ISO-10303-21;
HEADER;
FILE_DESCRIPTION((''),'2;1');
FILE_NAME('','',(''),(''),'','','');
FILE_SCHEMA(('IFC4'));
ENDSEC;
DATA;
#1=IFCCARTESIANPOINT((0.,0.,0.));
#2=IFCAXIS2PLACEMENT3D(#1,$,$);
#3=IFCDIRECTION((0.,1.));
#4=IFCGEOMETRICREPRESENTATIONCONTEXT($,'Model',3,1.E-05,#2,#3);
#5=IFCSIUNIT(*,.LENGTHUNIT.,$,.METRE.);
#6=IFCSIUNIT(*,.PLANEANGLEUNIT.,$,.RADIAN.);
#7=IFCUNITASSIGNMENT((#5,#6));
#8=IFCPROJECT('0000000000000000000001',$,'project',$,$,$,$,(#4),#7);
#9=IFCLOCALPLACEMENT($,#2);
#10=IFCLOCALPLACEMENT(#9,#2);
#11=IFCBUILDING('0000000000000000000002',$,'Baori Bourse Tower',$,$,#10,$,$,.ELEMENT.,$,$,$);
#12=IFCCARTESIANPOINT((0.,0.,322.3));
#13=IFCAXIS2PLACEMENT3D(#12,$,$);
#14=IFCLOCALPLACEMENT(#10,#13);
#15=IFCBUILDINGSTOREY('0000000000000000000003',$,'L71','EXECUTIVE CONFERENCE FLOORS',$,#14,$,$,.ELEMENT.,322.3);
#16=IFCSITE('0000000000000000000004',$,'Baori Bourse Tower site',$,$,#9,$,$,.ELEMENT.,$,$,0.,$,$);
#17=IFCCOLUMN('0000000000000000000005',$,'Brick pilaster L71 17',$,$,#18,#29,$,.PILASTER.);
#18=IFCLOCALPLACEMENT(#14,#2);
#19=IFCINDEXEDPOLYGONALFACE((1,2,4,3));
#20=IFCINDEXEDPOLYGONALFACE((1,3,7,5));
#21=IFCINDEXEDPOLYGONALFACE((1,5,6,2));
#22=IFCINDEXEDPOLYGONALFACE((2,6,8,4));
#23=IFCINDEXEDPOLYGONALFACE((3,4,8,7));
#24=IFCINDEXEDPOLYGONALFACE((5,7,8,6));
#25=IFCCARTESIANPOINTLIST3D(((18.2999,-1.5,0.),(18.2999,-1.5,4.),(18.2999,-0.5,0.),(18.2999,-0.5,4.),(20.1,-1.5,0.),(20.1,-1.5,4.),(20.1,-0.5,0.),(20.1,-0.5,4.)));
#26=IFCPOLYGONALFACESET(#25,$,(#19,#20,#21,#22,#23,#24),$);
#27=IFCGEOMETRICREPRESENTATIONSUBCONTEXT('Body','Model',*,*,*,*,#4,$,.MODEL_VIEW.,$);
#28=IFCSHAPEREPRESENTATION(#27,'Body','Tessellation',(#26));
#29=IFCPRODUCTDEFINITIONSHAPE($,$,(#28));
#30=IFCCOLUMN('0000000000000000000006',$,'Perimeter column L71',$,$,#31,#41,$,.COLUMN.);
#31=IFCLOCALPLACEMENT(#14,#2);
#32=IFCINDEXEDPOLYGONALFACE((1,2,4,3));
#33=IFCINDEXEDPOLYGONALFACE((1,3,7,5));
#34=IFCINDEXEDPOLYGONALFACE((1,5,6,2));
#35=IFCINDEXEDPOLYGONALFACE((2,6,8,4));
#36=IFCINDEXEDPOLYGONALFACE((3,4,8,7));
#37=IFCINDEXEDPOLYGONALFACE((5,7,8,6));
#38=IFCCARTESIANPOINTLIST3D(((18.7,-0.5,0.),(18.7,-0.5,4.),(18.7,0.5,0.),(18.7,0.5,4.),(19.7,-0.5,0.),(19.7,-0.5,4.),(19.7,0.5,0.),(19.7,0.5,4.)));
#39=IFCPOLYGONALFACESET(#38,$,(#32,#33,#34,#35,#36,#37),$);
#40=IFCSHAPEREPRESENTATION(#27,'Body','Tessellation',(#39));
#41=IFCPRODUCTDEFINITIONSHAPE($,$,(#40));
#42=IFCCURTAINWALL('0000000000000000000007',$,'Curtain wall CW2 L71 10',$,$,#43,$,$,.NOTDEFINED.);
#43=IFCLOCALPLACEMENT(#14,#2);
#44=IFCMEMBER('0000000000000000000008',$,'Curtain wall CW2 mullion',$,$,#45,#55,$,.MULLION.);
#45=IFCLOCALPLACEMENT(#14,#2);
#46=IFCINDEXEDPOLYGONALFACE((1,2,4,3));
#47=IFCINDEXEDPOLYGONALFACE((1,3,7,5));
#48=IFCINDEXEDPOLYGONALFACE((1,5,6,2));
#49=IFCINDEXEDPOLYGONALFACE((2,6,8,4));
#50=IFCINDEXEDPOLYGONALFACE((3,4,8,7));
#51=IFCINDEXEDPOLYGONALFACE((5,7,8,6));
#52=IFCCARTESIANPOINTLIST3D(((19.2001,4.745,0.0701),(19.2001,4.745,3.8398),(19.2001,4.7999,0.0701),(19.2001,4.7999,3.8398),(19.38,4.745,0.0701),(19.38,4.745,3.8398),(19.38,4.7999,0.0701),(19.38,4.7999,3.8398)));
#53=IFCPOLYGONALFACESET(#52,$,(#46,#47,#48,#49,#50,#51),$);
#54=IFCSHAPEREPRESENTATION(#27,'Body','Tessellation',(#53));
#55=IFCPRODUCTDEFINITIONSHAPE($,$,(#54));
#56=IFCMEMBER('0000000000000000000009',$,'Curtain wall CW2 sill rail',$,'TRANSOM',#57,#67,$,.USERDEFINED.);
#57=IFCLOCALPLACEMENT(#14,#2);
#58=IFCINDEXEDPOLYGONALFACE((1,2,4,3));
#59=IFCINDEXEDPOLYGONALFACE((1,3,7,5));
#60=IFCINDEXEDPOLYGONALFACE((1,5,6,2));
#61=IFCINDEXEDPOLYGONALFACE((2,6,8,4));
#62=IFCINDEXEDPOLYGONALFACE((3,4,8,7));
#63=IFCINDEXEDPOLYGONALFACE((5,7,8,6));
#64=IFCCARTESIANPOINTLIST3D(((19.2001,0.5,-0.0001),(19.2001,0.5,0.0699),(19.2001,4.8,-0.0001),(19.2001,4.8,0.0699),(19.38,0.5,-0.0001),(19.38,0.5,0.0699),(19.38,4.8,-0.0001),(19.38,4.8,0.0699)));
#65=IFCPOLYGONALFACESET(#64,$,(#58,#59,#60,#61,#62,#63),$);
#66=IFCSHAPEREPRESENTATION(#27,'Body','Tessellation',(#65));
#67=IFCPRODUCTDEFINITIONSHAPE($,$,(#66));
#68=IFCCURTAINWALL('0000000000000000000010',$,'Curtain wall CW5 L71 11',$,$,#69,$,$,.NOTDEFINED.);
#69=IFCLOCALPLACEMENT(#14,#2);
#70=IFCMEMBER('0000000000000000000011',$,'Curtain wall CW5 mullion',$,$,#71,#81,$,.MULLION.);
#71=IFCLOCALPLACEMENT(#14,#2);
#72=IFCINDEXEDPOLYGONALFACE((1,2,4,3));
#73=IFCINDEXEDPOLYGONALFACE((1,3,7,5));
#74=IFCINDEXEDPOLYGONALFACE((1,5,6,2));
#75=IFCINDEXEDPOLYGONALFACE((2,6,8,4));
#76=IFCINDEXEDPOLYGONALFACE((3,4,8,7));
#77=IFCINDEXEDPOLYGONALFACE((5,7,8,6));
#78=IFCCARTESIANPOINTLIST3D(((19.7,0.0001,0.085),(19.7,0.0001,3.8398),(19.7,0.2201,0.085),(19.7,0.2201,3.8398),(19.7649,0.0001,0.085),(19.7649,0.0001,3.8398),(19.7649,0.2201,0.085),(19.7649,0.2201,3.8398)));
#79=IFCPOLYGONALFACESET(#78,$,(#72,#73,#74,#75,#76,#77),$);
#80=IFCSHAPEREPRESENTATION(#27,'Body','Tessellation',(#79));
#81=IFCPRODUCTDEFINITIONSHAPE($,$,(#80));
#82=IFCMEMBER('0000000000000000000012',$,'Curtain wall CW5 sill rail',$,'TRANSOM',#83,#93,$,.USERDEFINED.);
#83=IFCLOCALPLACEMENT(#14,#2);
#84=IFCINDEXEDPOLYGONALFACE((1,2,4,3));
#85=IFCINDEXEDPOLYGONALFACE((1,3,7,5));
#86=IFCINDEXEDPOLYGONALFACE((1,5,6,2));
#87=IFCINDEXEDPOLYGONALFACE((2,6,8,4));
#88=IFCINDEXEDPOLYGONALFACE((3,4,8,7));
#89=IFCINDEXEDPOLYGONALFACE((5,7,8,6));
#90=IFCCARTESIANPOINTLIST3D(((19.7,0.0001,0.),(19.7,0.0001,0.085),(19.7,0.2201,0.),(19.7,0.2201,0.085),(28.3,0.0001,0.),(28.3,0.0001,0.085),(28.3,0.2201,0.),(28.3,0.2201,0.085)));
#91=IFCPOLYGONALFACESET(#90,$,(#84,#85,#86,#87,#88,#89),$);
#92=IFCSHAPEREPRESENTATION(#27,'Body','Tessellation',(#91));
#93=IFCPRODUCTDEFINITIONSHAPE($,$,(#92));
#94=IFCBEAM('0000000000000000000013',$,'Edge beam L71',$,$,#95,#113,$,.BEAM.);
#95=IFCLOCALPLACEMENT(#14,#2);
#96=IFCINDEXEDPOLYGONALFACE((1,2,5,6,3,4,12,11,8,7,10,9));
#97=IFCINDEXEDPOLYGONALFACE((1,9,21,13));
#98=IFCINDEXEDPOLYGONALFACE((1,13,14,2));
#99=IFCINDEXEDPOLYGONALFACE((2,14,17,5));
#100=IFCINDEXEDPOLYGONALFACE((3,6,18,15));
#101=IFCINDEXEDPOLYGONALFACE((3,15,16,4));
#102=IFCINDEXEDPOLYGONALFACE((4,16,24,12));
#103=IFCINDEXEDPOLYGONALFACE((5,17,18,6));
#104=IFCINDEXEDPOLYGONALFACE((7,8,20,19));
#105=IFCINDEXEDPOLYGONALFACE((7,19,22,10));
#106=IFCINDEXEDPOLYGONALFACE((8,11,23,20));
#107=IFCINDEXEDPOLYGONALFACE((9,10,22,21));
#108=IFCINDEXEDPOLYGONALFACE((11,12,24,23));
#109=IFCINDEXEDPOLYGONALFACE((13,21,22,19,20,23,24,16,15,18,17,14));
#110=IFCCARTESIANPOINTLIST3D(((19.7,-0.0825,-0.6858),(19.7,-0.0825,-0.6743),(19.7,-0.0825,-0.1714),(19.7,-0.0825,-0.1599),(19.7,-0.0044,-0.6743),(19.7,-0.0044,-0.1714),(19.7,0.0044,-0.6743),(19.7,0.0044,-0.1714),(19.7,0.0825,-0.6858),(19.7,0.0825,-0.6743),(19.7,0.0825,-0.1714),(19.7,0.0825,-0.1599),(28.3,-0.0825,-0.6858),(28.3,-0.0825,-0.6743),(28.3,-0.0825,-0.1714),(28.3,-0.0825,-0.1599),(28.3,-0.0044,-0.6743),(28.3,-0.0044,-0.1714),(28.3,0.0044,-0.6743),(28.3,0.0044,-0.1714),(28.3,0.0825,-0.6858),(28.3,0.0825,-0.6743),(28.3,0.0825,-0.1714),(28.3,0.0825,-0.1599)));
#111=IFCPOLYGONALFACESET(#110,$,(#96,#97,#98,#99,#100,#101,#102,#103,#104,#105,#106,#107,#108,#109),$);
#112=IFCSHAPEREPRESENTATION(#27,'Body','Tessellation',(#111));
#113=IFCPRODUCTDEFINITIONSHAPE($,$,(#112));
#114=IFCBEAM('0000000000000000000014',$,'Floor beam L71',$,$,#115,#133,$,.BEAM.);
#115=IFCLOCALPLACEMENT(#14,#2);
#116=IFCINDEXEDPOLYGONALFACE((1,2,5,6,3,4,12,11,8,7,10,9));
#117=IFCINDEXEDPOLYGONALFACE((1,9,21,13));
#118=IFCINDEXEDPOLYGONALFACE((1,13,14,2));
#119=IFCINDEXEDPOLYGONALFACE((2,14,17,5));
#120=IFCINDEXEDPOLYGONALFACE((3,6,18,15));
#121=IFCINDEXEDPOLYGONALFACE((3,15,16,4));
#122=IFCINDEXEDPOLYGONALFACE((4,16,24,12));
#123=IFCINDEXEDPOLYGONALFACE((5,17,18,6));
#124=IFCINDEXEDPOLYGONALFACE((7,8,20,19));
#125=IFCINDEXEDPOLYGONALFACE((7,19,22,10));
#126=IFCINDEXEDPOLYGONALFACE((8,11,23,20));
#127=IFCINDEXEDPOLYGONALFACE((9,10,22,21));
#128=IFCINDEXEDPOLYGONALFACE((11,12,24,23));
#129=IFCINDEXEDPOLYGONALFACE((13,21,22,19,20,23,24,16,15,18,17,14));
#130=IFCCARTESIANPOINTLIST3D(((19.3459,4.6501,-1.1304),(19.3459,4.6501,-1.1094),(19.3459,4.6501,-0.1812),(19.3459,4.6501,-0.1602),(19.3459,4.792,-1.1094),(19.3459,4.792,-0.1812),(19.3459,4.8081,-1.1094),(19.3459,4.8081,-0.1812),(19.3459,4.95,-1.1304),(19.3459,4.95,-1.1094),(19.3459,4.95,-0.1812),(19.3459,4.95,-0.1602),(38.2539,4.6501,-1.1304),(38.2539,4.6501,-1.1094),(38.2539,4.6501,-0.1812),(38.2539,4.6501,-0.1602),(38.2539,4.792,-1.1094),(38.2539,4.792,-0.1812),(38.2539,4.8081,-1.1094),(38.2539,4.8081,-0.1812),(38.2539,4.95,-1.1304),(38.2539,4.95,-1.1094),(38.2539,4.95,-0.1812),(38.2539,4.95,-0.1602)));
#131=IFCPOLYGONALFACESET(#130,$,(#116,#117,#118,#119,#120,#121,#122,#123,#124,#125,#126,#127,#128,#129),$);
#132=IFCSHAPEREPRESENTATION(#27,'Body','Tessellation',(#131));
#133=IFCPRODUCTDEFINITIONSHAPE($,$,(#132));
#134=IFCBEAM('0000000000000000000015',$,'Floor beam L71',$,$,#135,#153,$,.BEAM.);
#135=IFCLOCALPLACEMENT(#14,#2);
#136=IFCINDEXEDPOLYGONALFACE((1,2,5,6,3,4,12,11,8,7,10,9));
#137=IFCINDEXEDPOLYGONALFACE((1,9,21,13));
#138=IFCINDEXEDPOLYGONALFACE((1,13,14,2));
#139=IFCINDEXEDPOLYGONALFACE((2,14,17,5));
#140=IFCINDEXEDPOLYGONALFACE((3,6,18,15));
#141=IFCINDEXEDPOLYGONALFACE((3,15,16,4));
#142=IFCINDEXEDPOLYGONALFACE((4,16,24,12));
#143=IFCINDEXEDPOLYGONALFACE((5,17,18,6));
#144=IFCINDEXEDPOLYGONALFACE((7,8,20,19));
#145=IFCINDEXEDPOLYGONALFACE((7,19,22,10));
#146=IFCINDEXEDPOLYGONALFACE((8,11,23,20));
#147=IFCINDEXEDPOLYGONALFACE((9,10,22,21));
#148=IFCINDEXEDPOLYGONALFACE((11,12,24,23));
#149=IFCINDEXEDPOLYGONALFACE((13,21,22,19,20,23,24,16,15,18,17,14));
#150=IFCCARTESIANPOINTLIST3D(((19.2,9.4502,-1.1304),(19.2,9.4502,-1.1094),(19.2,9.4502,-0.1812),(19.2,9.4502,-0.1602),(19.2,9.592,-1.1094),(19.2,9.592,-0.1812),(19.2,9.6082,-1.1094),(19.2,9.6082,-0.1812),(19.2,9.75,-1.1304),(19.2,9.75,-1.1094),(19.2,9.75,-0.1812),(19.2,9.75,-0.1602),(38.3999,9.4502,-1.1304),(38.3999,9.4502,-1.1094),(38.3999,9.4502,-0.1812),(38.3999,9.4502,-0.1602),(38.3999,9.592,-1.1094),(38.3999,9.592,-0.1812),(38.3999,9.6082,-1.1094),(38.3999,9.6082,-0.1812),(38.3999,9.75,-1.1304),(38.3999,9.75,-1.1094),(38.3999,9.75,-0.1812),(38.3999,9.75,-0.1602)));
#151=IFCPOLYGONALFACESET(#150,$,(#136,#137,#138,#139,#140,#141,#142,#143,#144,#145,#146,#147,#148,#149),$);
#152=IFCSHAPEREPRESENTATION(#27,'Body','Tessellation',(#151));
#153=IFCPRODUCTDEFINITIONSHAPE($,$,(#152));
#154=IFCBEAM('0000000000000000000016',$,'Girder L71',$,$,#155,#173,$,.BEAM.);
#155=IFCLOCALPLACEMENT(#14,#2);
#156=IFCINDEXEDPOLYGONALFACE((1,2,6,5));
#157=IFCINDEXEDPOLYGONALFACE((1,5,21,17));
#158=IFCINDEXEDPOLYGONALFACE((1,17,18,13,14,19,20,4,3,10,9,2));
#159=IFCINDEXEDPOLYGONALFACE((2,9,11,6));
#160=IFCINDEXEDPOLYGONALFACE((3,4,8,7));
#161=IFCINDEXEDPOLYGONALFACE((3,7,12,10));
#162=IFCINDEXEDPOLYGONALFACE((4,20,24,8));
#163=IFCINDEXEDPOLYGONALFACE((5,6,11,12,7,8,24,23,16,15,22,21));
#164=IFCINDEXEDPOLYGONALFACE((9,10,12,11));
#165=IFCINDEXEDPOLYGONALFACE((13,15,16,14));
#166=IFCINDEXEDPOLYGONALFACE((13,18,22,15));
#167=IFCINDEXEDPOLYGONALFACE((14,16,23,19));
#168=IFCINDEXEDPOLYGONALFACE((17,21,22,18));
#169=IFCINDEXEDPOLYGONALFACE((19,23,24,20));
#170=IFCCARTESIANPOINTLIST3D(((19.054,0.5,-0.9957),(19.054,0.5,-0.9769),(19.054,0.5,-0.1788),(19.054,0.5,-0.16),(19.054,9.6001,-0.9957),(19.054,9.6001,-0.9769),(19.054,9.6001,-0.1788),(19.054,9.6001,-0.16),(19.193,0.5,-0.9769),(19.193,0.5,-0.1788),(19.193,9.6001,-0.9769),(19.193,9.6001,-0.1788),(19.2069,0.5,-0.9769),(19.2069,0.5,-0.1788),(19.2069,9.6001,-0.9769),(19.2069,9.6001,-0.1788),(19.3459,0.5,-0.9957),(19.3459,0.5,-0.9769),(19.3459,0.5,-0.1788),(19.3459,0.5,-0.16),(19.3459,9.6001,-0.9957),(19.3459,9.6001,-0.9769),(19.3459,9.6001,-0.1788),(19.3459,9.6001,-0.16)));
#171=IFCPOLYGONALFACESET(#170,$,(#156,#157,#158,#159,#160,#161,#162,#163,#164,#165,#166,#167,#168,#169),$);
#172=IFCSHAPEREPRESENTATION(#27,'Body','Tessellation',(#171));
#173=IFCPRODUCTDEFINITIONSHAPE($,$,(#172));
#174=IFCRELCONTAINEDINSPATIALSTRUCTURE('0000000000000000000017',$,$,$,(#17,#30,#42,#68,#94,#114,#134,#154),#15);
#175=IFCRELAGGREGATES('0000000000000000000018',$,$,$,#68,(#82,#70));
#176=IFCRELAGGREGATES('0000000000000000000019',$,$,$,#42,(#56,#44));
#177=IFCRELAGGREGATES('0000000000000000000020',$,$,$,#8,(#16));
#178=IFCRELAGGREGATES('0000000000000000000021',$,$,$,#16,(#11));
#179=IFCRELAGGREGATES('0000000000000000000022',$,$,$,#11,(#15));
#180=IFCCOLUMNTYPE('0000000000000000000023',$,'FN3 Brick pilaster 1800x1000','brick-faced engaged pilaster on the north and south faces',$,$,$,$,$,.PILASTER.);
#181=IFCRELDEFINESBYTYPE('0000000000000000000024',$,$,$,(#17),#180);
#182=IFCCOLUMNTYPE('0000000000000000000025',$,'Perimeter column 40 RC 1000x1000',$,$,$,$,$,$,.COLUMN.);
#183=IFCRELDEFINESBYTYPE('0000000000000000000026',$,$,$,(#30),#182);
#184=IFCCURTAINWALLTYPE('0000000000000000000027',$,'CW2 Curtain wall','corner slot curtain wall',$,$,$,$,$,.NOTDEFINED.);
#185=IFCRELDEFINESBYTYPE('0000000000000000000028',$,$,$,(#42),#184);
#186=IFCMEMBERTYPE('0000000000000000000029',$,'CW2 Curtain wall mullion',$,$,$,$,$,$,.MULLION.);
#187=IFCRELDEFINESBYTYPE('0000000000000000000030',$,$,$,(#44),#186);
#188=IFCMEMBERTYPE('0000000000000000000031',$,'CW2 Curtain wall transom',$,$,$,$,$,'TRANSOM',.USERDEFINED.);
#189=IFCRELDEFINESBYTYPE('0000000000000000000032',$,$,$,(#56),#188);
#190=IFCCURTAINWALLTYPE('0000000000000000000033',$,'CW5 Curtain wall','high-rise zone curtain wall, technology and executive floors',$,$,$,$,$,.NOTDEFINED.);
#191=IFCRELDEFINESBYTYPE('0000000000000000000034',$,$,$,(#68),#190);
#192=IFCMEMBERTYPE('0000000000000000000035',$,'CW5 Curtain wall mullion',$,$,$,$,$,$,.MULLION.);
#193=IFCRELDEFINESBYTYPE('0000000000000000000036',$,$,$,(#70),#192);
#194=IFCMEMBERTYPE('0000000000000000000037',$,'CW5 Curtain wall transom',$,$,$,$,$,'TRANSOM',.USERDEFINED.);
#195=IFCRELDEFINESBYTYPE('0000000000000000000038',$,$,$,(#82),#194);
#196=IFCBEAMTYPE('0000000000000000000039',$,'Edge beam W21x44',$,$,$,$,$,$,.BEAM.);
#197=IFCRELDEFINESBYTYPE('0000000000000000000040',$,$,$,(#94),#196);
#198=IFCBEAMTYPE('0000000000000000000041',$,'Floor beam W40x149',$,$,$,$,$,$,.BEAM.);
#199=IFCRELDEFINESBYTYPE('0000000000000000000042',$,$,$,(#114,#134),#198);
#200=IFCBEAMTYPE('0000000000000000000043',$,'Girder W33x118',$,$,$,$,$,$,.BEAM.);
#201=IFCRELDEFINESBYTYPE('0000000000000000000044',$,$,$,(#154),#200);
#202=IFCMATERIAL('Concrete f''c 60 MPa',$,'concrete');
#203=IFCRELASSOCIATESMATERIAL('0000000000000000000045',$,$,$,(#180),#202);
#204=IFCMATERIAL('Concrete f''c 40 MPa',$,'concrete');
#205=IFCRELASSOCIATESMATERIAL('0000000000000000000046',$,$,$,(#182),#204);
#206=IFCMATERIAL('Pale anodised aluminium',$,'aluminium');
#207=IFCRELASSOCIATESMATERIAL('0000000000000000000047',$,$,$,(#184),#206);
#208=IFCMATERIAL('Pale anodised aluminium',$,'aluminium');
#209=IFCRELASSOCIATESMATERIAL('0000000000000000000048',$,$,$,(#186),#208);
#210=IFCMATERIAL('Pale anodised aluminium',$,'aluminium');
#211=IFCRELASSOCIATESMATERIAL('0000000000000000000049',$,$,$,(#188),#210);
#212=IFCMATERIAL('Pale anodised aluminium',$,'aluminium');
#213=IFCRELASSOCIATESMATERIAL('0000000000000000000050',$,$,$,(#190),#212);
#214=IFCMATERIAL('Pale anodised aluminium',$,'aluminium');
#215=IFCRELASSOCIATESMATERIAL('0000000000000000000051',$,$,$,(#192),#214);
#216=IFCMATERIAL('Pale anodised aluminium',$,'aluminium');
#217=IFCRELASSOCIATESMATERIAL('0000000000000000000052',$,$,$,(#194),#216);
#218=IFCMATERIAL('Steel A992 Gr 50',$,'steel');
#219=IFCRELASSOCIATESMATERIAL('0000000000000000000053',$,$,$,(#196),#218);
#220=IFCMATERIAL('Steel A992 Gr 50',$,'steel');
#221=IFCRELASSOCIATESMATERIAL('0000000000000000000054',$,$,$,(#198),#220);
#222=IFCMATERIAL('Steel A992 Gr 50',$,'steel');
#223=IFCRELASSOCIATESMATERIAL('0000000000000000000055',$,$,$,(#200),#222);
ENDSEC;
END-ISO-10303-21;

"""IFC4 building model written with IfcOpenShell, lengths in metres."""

from ifc_helpers import new_model, si_unit, direction, frame, origin, origin_2d, place, context, subcontext, project, spatial, rectangle, i_section, extrude, material, material_profile, profile_set, type_object, element, aggregate, save


model = new_model("IFC4")

# Units and contexts
model_context = context("Model", 3, precision=1e-05, world=origin(), true_north=direction((0.0, 1.0)))
body_context = subcontext(model_context, "Body", "Model", "MODEL_VIEW")
ifc_project = project(units=[si_unit("LENGTHUNIT", "METRE"), si_unit("PLANEANGLEUNIT", "RADIAN")], contexts=[model_context])

# Site, building, storey
site_placement = place(None, origin())
site = spatial("IfcSite", under=ifc_project, at=site_placement, Name="Baori Bourse Tower site", CompositionType="ELEMENT", RefElevation=0.0)
building_placement = place(site_placement, origin())
building = spatial("IfcBuilding", under=site, at=building_placement, Name="Baori Bourse Tower", CompositionType="ELEMENT")
storey_placement = place(building_placement, frame((0.0, 0.0, 322.3)))
storey = spatial("IfcBuildingStorey", under=building, at=storey_placement, Name="L71", Description="EXECUTIVE CONFERENCE FLOORS", CompositionType="ELEMENT", Elevation=322.3)

# Columns
ifc_material_1 = material(Name="Concrete f'c 60 MPa", Category="concrete")
ifc_material_profile_1 = material_profile(ifc_material_1, rectangle(XDim=1.8, YDim=1.0, at=origin_2d()), Name="RC 1800x1000")
ifc_profile_set_1 = profile_set([ifc_material_profile_1], Name="Concrete f'c 60 MPa")
column_type_1 = type_object("IfcColumnType", Name="FN3 Brick pilaster 1800x1000", Description="brick-faced engaged pilaster on the north and south faces", PredefinedType="PILASTER", material=ifc_profile_set_1)
column_1_placement = place(storey_placement, frame((19.2, -1.0, 0.0), z_axis=(0.0, 0.0, 1.0), x_axis=(1.0, 0.0, 0.0)))
element("IfcColumn", 1, at=column_1_placement, inside=storey, type_object=column_type_1, Name="Brick pilaster L71 17", PredefinedType="PILASTER", context=body_context, shape_type="SweptSolid", body=[
    extrude(rectangle(XDim=1.8, YDim=1.0, at=origin_2d()), origin(), (0.0, 0.0, 1.0), 4.0),
])
ifc_material_2 = material(Name="Concrete f'c 40 MPa", Category="concrete")
ifc_material_profile_2 = material_profile(ifc_material_2, rectangle(XDim=1.0, YDim=1.0, at=origin_2d()), Name="RC 1000x1000")
ifc_profile_set_2 = profile_set([ifc_material_profile_2], Name="Concrete f'c 40 MPa")
column_type_2 = type_object("IfcColumnType", Name="Perimeter column 40 RC 1000x1000", PredefinedType="COLUMN", material=ifc_profile_set_2)
column_2_placement = place(storey_placement, frame((19.2, 0.0, 0.0), z_axis=(0.0, 0.0, 1.0), x_axis=(1.0, 0.0, 0.0)))
element("IfcColumn", 2, at=column_2_placement, inside=storey, type_object=column_type_2, Name="Perimeter column L71", PredefinedType="COLUMN", context=body_context, shape_type="SweptSolid", body=[
    extrude(rectangle(XDim=1.0, YDim=1.0, at=origin_2d()), origin(), (0.0, 0.0, 1.0), 4.0),
])

# Curtain walls, members
ifc_material_3 = material(Name="Pale anodised aluminium", Category="aluminium")
curtain_wall_type_1 = type_object("IfcCurtainWallType", Name="CW2 Curtain wall", Description="corner slot curtain wall", PredefinedType="NOTDEFINED", material=ifc_material_3)
curtain_wall_1_placement = place(storey_placement, origin())
curtain_wall_1 = element("IfcCurtainWall", 3, at=curtain_wall_1_placement, inside=storey, type_object=curtain_wall_type_1, Name="Curtain wall CW2 L71 10", PredefinedType="NOTDEFINED")
ifc_material_4 = material(Name="Pale anodised aluminium", Category="aluminium")
ifc_material_profile_3 = material_profile(ifc_material_4, rectangle(XDim=0.1799, YDim=0.0549, at=origin_2d()), Name="Mullion 55x180")
ifc_profile_set_3 = profile_set([ifc_material_profile_3], Name="Pale anodised aluminium")
member_type_1 = type_object("IfcMemberType", Name="CW2 Curtain wall mullion", PredefinedType="MULLION", material=ifc_profile_set_3)
member_1_placement = place(storey_placement, frame((19.29, 4.7725, 0.0701), z_axis=(0.0, 0.0, 1.0), x_axis=(1.0, 0.0, 0.0)))
member_1 = element("IfcMember", 4, at=member_1_placement, type_object=member_type_1, Name="Curtain wall CW2 mullion", PredefinedType="MULLION", context=body_context, shape_type="SweptSolid", body=[
    extrude(rectangle(XDim=0.1799, YDim=0.0549, at=origin_2d()), origin(), (0.0, 0.0, 1.0), 3.7698),
])
ifc_material_5 = material(Name="Pale anodised aluminium", Category="aluminium")
ifc_material_profile_4 = material_profile(ifc_material_5, rectangle(XDim=0.1799, YDim=0.0701, at=origin_2d()), Name="Transom 70x180")
ifc_profile_set_4 = profile_set([ifc_material_profile_4], Name="Pale anodised aluminium")
member_type_2 = type_object("IfcMemberType", Name="CW2 Curtain wall transom", ElementType="TRANSOM", PredefinedType="USERDEFINED", material=ifc_profile_set_4)
member_2_placement = place(storey_placement, frame((19.29, 4.8, 0.0349), z_axis=(0.0, -1.0, 0.0), x_axis=(1.0, 0.0, 0.0)))
member_2 = element("IfcMember", 5, at=member_2_placement, type_object=member_type_2, Name="Curtain wall CW2 sill rail", ObjectType="TRANSOM", PredefinedType="USERDEFINED", context=body_context, shape_type="SweptSolid", body=[
    extrude(rectangle(XDim=0.1799, YDim=0.0701, at=origin_2d()), origin(), (0.0, 0.0, 1.0), 4.3),
])
ifc_material_6 = material(Name="Pale anodised aluminium", Category="aluminium")
curtain_wall_type_2 = type_object("IfcCurtainWallType", Name="CW5 Curtain wall", Description="high-rise zone curtain wall, technology and executive floors", PredefinedType="NOTDEFINED", material=ifc_material_6)
curtain_wall_2_placement = place(storey_placement, origin())
curtain_wall_2 = element("IfcCurtainWall", 6, at=curtain_wall_2_placement, inside=storey, type_object=curtain_wall_type_2, Name="Curtain wall CW5 L71 11", PredefinedType="NOTDEFINED")
ifc_material_7 = material(Name="Pale anodised aluminium", Category="aluminium")
ifc_material_profile_5 = material_profile(ifc_material_7, rectangle(XDim=0.22, YDim=0.0649, at=origin_2d()), Name="Mullion 65x220")
ifc_profile_set_5 = profile_set([ifc_material_profile_5], Name="Pale anodised aluminium")
member_type_3 = type_object("IfcMemberType", Name="CW5 Curtain wall mullion", PredefinedType="MULLION", material=ifc_profile_set_5)
member_3_placement = place(storey_placement, frame((19.7324, 0.1101, 0.085), z_axis=(0.0, 0.0, 1.0), x_axis=(0.0, 1.0, 0.0)))
member_3 = element("IfcMember", 7, at=member_3_placement, type_object=member_type_3, Name="Curtain wall CW5 mullion", PredefinedType="MULLION", context=body_context, shape_type="SweptSolid", body=[
    extrude(rectangle(XDim=0.22, YDim=0.0649, at=origin_2d()), origin(), (0.0, 0.0, 1.0), 3.7549),
])
ifc_material_8 = material(Name="Pale anodised aluminium", Category="aluminium")
ifc_material_profile_6 = material_profile(ifc_material_8, rectangle(XDim=0.22, YDim=0.085, at=origin_2d()), Name="Transom 85x220")
ifc_profile_set_6 = profile_set([ifc_material_profile_6], Name="Pale anodised aluminium")
member_type_4 = type_object("IfcMemberType", Name="CW5 Curtain wall transom", ElementType="TRANSOM", PredefinedType="USERDEFINED", material=ifc_profile_set_6)
member_4_placement = place(storey_placement, frame((19.7, 0.1101, 0.0425), z_axis=(1.0, 0.0, 0.0), x_axis=(0.0, 1.0, 0.0)))
member_4 = element("IfcMember", 8, at=member_4_placement, type_object=member_type_4, Name="Curtain wall CW5 sill rail", ObjectType="TRANSOM", PredefinedType="USERDEFINED", context=body_context, shape_type="SweptSolid", body=[
    extrude(rectangle(XDim=0.22, YDim=0.085, at=origin_2d()), origin(), (0.0, 0.0, 1.0), 8.6001),
])
aggregate(curtain_wall_2, [member_4, member_3])

# Beams
ifc_material_9 = material(Name="Steel A992 Gr 50", Category="steel")
ifc_material_profile_7 = material_profile(ifc_material_9, i_section(OverallWidth=0.165, OverallDepth=0.5259, WebThickness=0.0088, FlangeThickness=0.0115, at=origin_2d()), Name="W21x44")
ifc_profile_set_7 = profile_set([ifc_material_profile_7], Name="Steel A992 Gr 50")
beam_type_1 = type_object("IfcBeamType", Name="Edge beam W21x44", PredefinedType="BEAM", material=ifc_profile_set_7)
beam_1_placement = place(storey_placement, frame((19.7, 0.0, -0.4229), z_axis=(1.0, 0.0, 0.0), x_axis=(0.0, 1.0, 0.0)))
element("IfcBeam", 9, at=beam_1_placement, inside=storey, type_object=beam_type_1, Name="Edge beam L71", PredefinedType="BEAM", context=body_context, shape_type="SweptSolid", body=[
    extrude(i_section(OverallWidth=0.165, OverallDepth=0.5259, WebThickness=0.0088, FlangeThickness=0.0115, at=origin_2d()), origin(), (0.0, 0.0, 1.0), 8.6001),
])
ifc_material_10 = material(Name="Steel A992 Gr 50", Category="steel")
ifc_material_profile_8 = material_profile(ifc_material_10, i_section(OverallWidth=0.2998, OverallDepth=0.9702, WebThickness=0.0161, FlangeThickness=0.021, at=origin_2d()), Name="W40x149")
ifc_profile_set_8 = profile_set([ifc_material_profile_8], Name="Steel A992 Gr 50")
beam_type_2 = type_object("IfcBeamType", Name="Floor beam W40x149", PredefinedType="BEAM", material=ifc_profile_set_8)
beam_2_placement = place(storey_placement, frame((19.3459, 4.8, -0.6453), z_axis=(1.0, 0.0, 0.0), x_axis=(0.0, 1.0, 0.0)))
element("IfcBeam", 10, at=beam_2_placement, inside=storey, type_object=beam_type_2, Name="Floor beam L71", PredefinedType="BEAM", context=body_context, shape_type="SweptSolid", body=[
    extrude(i_section(OverallWidth=0.2998, OverallDepth=0.9702, WebThickness=0.0161, FlangeThickness=0.021, at=origin_2d()), origin(), (0.0, 0.0, 1.0), 18.908),
])
beam_3_placement = place(storey_placement, frame((19.2, 9.6001, -0.6453), z_axis=(1.0, 0.0, 0.0), x_axis=(0.0, 1.0, 0.0)))
element("IfcBeam", 11, at=beam_3_placement, inside=storey, type_object=beam_type_2, Name="Floor beam L71", PredefinedType="BEAM", context=body_context, shape_type="SweptSolid", body=[
    extrude(i_section(OverallWidth=0.2998, OverallDepth=0.9702, WebThickness=0.0161, FlangeThickness=0.021, at=origin_2d()), origin(), (0.0, 0.0, 1.0), 19.2),
])
ifc_material_11 = material(Name="Steel A992 Gr 50", Category="steel")
ifc_material_profile_9 = material_profile(ifc_material_11, i_section(OverallWidth=0.292, OverallDepth=0.8357, WebThickness=0.0139, FlangeThickness=0.0188, at=origin_2d()), Name="W33x118")
ifc_profile_set_9 = profile_set([ifc_material_profile_9], Name="Steel A992 Gr 50")
beam_type_3 = type_object("IfcBeamType", Name="Girder W33x118", PredefinedType="BEAM", material=ifc_profile_set_9)
beam_4_placement = place(storey_placement, frame((19.2, 0.5, -0.5779), z_axis=(0.0, 1.0, 0.0), x_axis=(-1.0, 0.0, 0.0)))
element("IfcBeam", 12, at=beam_4_placement, inside=storey, type_object=beam_type_3, Name="Girder L71", PredefinedType="BEAM", context=body_context, shape_type="SweptSolid", body=[
    extrude(i_section(OverallWidth=0.292, OverallDepth=0.8357, WebThickness=0.0139, FlangeThickness=0.0188, at=origin_2d()), origin(), (0.0, 0.0, 1.0), 9.1001),
])

aggregate(curtain_wall_1, [member_2, member_1])

save(model, "model.ifc")
